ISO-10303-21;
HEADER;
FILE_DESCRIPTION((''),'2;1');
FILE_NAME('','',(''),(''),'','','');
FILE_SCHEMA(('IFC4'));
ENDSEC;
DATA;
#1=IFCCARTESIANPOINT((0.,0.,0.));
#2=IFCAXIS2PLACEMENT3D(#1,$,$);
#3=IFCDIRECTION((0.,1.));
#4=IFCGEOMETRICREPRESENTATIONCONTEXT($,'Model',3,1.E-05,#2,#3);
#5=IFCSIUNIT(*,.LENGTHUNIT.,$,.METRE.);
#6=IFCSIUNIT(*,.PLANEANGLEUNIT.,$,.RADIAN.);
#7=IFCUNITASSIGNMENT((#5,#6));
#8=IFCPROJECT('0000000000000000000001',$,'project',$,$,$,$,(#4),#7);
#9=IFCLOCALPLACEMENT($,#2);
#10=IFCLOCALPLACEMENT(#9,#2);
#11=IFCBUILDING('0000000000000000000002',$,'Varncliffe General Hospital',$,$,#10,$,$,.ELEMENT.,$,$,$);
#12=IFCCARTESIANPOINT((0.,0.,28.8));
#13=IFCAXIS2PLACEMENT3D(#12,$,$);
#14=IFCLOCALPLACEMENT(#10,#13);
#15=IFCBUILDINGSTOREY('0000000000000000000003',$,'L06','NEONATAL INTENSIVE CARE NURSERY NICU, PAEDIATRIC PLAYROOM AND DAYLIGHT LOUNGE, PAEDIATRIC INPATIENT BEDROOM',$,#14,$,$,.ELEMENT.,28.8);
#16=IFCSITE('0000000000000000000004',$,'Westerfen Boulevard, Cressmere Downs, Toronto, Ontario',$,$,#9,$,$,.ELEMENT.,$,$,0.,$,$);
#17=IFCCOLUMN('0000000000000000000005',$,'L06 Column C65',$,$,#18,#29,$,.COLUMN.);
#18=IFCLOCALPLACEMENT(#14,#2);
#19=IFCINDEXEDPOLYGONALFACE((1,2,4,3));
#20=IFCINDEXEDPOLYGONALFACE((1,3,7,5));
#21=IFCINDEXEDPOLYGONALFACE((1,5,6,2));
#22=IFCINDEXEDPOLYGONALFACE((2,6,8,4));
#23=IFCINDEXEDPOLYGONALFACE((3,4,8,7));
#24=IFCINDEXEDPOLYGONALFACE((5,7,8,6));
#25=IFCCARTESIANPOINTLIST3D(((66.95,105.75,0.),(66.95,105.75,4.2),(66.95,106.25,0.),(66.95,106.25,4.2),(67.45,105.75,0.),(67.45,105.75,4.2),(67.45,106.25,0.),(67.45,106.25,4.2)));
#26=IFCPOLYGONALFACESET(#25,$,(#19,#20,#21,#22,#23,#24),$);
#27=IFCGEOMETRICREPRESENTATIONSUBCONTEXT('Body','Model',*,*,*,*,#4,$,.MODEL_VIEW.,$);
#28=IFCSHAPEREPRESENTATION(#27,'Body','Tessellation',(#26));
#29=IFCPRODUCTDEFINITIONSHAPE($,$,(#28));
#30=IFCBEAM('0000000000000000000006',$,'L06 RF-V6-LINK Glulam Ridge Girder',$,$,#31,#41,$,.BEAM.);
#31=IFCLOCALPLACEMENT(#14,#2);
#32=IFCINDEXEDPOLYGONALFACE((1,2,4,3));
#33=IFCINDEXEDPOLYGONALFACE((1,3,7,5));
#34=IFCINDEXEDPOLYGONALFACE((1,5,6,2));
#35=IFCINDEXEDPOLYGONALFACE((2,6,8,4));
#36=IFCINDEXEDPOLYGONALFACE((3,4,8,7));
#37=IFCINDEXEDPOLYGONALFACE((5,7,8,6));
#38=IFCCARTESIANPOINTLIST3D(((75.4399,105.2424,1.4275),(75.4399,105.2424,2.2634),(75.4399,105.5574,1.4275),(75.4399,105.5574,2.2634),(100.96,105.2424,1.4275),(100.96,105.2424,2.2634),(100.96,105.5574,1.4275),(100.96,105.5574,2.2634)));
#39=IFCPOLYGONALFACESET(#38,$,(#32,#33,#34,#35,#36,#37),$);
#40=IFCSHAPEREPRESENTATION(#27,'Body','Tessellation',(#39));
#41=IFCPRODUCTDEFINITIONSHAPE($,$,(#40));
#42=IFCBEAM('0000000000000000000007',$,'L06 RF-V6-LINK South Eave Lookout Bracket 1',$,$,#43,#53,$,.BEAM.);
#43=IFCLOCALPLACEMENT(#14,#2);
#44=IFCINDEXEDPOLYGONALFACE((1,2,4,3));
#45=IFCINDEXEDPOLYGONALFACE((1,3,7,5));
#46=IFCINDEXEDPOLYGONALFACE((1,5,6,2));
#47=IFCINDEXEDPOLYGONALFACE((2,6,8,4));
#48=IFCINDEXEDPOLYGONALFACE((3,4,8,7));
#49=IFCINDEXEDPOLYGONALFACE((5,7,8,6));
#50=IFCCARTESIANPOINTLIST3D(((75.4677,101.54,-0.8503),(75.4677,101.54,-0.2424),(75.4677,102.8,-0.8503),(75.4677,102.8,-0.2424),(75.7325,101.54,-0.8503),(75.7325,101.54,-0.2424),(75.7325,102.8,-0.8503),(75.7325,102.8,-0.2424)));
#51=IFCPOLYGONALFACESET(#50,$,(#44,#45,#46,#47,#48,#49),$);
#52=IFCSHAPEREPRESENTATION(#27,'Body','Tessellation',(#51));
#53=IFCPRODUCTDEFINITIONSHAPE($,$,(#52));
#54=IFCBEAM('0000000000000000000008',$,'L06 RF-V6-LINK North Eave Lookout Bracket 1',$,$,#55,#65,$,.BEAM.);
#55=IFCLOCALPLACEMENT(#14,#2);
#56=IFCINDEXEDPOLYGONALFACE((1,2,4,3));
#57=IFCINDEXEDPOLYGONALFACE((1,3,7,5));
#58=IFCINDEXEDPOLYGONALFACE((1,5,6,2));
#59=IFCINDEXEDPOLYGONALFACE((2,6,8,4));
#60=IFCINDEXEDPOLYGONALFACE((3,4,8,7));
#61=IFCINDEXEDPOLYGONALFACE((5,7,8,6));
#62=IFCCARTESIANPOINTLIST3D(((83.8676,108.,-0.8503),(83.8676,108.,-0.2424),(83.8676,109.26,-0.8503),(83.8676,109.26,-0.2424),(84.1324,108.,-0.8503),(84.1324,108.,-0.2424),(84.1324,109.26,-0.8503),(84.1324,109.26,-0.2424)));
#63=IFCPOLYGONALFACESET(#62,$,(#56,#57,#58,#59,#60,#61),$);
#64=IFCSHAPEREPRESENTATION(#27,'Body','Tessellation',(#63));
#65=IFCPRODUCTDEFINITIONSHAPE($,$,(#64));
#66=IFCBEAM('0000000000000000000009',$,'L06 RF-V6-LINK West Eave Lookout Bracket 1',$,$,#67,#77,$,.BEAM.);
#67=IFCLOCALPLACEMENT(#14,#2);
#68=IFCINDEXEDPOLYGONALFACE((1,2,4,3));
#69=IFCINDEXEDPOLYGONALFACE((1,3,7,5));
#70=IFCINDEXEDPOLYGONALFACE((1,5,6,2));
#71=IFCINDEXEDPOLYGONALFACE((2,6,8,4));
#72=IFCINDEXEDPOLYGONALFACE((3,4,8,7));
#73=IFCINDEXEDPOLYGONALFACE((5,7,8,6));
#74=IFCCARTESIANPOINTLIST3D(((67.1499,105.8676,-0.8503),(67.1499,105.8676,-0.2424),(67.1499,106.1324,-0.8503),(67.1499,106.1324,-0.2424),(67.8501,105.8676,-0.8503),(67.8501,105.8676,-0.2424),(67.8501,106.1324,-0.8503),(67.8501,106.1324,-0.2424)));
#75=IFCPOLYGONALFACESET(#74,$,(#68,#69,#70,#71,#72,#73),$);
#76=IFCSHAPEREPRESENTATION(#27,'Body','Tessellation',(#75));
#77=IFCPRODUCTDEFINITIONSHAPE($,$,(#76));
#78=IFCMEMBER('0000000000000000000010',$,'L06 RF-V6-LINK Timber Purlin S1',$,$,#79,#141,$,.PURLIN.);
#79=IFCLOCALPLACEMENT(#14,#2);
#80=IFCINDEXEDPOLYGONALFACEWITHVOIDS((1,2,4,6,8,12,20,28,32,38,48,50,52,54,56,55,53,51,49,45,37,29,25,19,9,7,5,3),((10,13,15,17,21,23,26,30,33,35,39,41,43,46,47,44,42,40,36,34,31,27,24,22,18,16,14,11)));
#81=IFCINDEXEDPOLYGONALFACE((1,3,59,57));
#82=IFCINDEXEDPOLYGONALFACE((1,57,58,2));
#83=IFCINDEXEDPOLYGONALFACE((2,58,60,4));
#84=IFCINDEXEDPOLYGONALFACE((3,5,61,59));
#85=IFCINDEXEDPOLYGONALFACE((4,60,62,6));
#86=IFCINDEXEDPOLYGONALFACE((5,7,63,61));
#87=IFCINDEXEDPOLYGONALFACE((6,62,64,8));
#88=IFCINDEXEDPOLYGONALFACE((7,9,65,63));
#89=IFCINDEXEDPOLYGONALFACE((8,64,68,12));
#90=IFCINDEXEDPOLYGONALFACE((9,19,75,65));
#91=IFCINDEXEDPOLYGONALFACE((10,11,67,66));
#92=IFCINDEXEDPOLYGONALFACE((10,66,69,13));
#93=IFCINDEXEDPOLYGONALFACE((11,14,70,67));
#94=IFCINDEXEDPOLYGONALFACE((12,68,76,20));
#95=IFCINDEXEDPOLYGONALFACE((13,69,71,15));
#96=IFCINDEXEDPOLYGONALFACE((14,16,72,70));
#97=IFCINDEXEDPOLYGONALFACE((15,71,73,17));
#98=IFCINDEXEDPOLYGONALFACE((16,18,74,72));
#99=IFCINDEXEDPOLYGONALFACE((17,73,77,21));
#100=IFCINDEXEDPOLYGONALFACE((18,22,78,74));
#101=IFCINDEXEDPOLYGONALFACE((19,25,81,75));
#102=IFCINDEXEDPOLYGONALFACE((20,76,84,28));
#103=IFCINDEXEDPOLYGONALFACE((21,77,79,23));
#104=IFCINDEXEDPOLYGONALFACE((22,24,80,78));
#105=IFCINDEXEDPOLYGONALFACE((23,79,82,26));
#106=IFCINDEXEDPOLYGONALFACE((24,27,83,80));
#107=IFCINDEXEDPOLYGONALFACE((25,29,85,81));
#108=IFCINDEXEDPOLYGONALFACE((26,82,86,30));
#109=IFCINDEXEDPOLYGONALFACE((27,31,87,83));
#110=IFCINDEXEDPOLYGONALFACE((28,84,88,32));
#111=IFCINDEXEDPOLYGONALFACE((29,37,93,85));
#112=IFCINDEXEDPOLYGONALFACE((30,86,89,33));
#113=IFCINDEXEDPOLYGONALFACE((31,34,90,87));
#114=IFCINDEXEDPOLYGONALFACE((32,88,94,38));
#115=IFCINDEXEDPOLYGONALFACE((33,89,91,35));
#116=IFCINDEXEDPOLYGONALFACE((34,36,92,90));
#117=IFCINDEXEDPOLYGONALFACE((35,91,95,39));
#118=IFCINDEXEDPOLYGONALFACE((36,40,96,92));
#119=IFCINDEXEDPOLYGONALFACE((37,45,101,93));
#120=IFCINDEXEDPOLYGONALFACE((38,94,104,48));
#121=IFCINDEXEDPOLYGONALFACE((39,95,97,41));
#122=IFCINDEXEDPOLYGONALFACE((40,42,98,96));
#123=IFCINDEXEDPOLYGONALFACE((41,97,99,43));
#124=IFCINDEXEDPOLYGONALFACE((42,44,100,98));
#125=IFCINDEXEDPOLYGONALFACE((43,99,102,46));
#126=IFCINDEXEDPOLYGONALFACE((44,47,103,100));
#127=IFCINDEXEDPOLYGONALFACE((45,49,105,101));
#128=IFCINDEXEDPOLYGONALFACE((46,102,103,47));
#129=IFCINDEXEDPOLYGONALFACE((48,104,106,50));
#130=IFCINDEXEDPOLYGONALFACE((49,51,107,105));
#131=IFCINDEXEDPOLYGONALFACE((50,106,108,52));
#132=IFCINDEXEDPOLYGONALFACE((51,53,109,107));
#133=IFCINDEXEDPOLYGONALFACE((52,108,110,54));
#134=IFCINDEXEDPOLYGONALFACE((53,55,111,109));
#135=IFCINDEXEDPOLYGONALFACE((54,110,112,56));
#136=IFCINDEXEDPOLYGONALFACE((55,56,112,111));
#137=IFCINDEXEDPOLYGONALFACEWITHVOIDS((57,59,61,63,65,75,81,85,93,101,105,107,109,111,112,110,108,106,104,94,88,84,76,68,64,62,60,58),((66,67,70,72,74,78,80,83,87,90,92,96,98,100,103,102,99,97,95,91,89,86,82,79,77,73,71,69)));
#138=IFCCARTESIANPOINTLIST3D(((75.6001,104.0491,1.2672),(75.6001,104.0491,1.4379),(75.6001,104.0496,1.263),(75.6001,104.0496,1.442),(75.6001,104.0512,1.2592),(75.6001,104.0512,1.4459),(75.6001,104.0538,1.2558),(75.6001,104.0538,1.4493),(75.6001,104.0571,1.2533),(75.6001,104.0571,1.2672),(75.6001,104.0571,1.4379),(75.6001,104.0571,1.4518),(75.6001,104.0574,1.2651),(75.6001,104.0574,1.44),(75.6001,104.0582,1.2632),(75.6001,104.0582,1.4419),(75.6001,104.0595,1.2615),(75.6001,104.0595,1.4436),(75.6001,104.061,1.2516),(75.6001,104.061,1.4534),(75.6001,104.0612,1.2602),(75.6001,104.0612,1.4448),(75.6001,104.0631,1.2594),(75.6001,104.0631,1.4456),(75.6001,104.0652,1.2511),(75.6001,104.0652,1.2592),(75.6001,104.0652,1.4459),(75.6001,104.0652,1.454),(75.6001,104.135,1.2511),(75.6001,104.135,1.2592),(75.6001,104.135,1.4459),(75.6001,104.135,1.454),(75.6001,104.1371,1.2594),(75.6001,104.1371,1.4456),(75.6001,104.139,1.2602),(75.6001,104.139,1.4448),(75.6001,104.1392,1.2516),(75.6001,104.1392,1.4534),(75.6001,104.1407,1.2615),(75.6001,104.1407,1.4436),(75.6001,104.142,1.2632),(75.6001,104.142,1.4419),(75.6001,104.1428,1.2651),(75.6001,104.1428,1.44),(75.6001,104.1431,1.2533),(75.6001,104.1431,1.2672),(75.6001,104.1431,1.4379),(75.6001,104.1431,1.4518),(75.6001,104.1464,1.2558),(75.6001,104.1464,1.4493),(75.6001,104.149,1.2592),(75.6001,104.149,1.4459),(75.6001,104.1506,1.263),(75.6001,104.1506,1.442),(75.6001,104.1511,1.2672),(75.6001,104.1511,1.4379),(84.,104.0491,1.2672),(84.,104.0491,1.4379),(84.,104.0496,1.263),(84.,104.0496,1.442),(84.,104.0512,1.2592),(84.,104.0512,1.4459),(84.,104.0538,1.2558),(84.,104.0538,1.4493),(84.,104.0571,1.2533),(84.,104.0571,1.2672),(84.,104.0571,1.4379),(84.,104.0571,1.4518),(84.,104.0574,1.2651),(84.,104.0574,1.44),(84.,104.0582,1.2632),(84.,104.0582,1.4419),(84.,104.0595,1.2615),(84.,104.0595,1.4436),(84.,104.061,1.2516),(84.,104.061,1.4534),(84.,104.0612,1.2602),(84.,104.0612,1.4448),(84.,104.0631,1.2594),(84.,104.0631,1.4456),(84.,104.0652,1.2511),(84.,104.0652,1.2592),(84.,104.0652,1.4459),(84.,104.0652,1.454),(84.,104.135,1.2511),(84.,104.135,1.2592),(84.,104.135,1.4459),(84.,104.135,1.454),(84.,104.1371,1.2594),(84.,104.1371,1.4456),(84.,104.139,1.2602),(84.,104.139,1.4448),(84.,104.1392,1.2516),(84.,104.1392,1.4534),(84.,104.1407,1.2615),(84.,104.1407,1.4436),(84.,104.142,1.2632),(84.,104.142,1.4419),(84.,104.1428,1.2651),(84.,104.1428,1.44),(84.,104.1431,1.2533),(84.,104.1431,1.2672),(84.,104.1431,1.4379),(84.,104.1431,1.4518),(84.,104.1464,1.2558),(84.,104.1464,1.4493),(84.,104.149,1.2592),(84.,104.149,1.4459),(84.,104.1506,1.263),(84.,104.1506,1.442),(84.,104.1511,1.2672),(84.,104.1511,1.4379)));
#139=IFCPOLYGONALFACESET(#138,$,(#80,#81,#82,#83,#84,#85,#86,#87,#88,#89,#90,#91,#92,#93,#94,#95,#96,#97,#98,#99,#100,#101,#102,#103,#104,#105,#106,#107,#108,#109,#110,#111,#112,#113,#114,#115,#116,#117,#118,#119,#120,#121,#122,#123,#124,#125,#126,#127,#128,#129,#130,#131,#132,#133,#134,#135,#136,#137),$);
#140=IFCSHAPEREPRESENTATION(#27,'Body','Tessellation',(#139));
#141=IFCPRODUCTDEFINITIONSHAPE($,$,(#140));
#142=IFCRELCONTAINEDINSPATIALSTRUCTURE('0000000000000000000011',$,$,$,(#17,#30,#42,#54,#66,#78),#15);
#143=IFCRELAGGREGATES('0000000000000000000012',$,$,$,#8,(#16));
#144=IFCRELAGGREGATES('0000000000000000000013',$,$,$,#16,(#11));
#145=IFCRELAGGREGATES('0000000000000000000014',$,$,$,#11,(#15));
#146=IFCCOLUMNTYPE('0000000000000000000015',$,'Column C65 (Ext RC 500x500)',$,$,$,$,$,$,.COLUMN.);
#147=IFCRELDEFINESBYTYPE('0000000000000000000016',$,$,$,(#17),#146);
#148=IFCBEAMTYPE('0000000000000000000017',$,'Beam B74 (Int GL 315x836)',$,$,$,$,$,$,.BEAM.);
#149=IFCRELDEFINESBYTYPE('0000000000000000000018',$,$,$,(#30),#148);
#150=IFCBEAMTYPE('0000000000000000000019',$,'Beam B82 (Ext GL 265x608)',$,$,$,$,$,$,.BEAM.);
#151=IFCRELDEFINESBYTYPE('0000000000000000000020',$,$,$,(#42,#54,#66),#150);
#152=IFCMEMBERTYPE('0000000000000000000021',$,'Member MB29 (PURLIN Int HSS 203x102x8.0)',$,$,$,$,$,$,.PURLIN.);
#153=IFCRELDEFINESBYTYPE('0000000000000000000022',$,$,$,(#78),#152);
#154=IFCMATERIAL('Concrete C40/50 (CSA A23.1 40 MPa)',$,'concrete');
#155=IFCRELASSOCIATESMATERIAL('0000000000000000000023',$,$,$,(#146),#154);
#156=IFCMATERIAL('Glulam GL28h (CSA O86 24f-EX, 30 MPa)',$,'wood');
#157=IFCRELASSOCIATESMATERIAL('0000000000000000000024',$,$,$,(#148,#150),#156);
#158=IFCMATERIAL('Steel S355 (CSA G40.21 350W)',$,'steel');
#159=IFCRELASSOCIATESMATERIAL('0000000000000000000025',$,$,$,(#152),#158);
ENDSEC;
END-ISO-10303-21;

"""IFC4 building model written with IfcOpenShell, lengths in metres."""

from ifc_helpers import new_model, si_unit, direction, frame, origin, origin_2d, place, context, subcontext, project, spatial, rectangle, hollow_rectangle, extrude, material, material_profile, profile_set, type_object, element, save


model = new_model("IFC4")

# Units and contexts
model_context = context("Model", 3, precision=1e-05, world=origin(), true_north=direction((0.0, 1.0)))
body_context = subcontext(model_context, "Body", "Model", "MODEL_VIEW")
ifc_project = project(units=[si_unit("LENGTHUNIT", "METRE"), si_unit("PLANEANGLEUNIT", "RADIAN")], contexts=[model_context])

# Site, building, storey
site_placement = place(None, origin())
site = spatial("IfcSite", under=ifc_project, at=site_placement, Name="Westerfen Boulevard, Cressmere Downs, Toronto, Ontario", CompositionType="ELEMENT", RefElevation=0.0)
building_placement = place(site_placement, origin())
building = spatial("IfcBuilding", under=site, at=building_placement, Name="Varncliffe General Hospital", CompositionType="ELEMENT")
storey_placement = place(building_placement, frame((0.0, 0.0, 28.8)))
storey = spatial("IfcBuildingStorey", under=building, at=storey_placement, Name="L06", Description="NEONATAL INTENSIVE CARE NURSERY NICU, PAEDIATRIC PLAYROOM AND DAYLIGHT LOUNGE, PAEDIATRIC INPATIENT BEDROOM", CompositionType="ELEMENT", Elevation=28.8)

# Column
ifc_material_1 = material(Name="Concrete C40/50 (CSA A23.1 40 MPa)", Category="concrete")
ifc_material_profile_1 = material_profile(ifc_material_1, rectangle(XDim=0.5, YDim=0.5, at=origin_2d()), Name="RC 500x500")
ifc_profile_set_1 = profile_set([ifc_material_profile_1], Name="Concrete C40/50 (CSA A23.1 40 MPa)")
column_type = type_object("IfcColumnType", Name="Column C65 (Ext RC 500x500)", PredefinedType="COLUMN", material=ifc_profile_set_1)
column_placement = place(storey_placement, frame((67.2, 106.0, 0.0), z_axis=(0.0, 0.0, 1.0), x_axis=(1.0, 0.0, 0.0)))
element("IfcColumn", 1, at=column_placement, inside=storey, type_object=column_type, Name="L06 Column C65", PredefinedType="COLUMN", context=body_context, shape_type="SweptSolid", body=[
    extrude(rectangle(XDim=0.5, YDim=0.5, at=origin_2d()), origin(), (0.0, 0.0, 1.0), 4.2),
])

# Beams
ifc_material_2 = material(Name="Glulam GL28h (CSA O86 24f-EX, 30 MPa)", Category="wood")
ifc_material_profile_2 = material_profile(ifc_material_2, rectangle(XDim=0.3149, YDim=0.8359, at=origin_2d()), Name="GL 315x836")
ifc_profile_set_2 = profile_set([ifc_material_profile_2], Name="Glulam GL28h (CSA O86 24f-EX, 30 MPa)")
beam_type_1 = type_object("IfcBeamType", Name="Beam B74 (Int GL 315x836)", PredefinedType="BEAM", material=ifc_profile_set_2)
beam_1_placement = place(storey_placement, frame((75.4399, 105.3999, 1.8455), z_axis=(1.0, 0.0, 0.0), x_axis=(0.0, 1.0, 0.0)))
element("IfcBeam", 2, at=beam_1_placement, inside=storey, type_object=beam_type_1, Name="L06 RF-V6-LINK Glulam Ridge Girder", PredefinedType="BEAM", context=body_context, shape_type="SweptSolid", body=[
    extrude(rectangle(XDim=0.3149, YDim=0.8359, at=origin_2d()), origin(), (0.0, 0.0, 1.0), 25.52),
])
ifc_material_profile_3 = material_profile(ifc_material_2, rectangle(XDim=0.2649, YDim=0.6079, at=origin_2d()), Name="GL 265x608")
ifc_profile_set_3 = profile_set([ifc_material_profile_3], Name="Glulam GL28h (CSA O86 24f-EX, 30 MPa)")
beam_type_2 = type_object("IfcBeamType", Name="Beam B82 (Ext GL 265x608)", PredefinedType="BEAM", material=ifc_profile_set_3)
for number, where, z_axis, x_axis, name in (
    (3, (75.6001, 101.54, -0.5464), (0.0, 1.0, 0.0), (-1.0, 0.0, 0.0), "L06 RF-V6-LINK South Eave Lookout Bracket 1"),
    (4, (84.0, 108.0, -0.5464), (0.0, 1.0, 0.0), (-1.0, 0.0, 0.0), "L06 RF-V6-LINK North Eave Lookout Bracket 1"),
):
    element("IfcBeam", number, at=place(storey_placement, frame(where, z_axis=z_axis, x_axis=x_axis)), inside=storey, type_object=beam_type_2, Name=name, PredefinedType="BEAM", context=body_context, shape_type="SweptSolid", body=[
        extrude(rectangle(XDim=0.2649, YDim=0.6079, at=origin_2d()), origin(), (0.0, 0.0, 1.0), 1.26),
    ])
beam_2_placement = place(storey_placement, frame((67.1499, 106.0, -0.5464), z_axis=(1.0, 0.0, 0.0), x_axis=(0.0, 1.0, 0.0)))
element("IfcBeam", 5, at=beam_2_placement, inside=storey, type_object=beam_type_2, Name="L06 RF-V6-LINK West Eave Lookout Bracket 1", PredefinedType="BEAM", context=body_context, shape_type="SweptSolid", body=[
    extrude(rectangle(XDim=0.2649, YDim=0.6079, at=origin_2d()), origin(), (0.0, 0.0, 1.0), 0.7002),
])

# Member
ifc_material_3 = material(Name="Steel S355 (CSA G40.21 350W)", Category="steel")
ifc_material_profile_4 = material_profile(ifc_material_3, hollow_rectangle(XDim=0.1021, YDim=0.2029, WallThickness=0.0081, InnerFilletRadius=0.0081, OuterFilletRadius=0.0161, at=origin_2d()), Name="HSS 203x102x8.0")
ifc_profile_set_4 = profile_set([ifc_material_profile_4], Name="Steel S355 (CSA G40.21 350W)")
member_type_1 = type_object("IfcMemberType", Name="Member MB29 (PURLIN Int HSS 203x102x8.0)", PredefinedType="PURLIN", material=ifc_profile_set_4)
for number, where, z_axis, x_axis, name in (
    (6, (75.6001, 104.1001, 1.3525), (1.0, 0.0, 0.0), (0.0, 1.0, 0.0), "L06 RF-V6-LINK Timber Purlin S1"),
):
    element("IfcMember", number, at=place(storey_placement, frame(where, z_axis=z_axis, x_axis=x_axis)), inside=storey, type_object=member_type_1, Name=name, PredefinedType="PURLIN", context=body_context, shape_type="SweptSolid", body=[
        extrude(hollow_rectangle(XDim=0.1021, YDim=0.2029, WallThickness=0.0081, InnerFilletRadius=0.0081, OuterFilletRadius=0.0161, at=origin_2d()), origin(), (0.0, 0.0, 1.0), 8.3999),
    ])

save(model, "model.ifc")
